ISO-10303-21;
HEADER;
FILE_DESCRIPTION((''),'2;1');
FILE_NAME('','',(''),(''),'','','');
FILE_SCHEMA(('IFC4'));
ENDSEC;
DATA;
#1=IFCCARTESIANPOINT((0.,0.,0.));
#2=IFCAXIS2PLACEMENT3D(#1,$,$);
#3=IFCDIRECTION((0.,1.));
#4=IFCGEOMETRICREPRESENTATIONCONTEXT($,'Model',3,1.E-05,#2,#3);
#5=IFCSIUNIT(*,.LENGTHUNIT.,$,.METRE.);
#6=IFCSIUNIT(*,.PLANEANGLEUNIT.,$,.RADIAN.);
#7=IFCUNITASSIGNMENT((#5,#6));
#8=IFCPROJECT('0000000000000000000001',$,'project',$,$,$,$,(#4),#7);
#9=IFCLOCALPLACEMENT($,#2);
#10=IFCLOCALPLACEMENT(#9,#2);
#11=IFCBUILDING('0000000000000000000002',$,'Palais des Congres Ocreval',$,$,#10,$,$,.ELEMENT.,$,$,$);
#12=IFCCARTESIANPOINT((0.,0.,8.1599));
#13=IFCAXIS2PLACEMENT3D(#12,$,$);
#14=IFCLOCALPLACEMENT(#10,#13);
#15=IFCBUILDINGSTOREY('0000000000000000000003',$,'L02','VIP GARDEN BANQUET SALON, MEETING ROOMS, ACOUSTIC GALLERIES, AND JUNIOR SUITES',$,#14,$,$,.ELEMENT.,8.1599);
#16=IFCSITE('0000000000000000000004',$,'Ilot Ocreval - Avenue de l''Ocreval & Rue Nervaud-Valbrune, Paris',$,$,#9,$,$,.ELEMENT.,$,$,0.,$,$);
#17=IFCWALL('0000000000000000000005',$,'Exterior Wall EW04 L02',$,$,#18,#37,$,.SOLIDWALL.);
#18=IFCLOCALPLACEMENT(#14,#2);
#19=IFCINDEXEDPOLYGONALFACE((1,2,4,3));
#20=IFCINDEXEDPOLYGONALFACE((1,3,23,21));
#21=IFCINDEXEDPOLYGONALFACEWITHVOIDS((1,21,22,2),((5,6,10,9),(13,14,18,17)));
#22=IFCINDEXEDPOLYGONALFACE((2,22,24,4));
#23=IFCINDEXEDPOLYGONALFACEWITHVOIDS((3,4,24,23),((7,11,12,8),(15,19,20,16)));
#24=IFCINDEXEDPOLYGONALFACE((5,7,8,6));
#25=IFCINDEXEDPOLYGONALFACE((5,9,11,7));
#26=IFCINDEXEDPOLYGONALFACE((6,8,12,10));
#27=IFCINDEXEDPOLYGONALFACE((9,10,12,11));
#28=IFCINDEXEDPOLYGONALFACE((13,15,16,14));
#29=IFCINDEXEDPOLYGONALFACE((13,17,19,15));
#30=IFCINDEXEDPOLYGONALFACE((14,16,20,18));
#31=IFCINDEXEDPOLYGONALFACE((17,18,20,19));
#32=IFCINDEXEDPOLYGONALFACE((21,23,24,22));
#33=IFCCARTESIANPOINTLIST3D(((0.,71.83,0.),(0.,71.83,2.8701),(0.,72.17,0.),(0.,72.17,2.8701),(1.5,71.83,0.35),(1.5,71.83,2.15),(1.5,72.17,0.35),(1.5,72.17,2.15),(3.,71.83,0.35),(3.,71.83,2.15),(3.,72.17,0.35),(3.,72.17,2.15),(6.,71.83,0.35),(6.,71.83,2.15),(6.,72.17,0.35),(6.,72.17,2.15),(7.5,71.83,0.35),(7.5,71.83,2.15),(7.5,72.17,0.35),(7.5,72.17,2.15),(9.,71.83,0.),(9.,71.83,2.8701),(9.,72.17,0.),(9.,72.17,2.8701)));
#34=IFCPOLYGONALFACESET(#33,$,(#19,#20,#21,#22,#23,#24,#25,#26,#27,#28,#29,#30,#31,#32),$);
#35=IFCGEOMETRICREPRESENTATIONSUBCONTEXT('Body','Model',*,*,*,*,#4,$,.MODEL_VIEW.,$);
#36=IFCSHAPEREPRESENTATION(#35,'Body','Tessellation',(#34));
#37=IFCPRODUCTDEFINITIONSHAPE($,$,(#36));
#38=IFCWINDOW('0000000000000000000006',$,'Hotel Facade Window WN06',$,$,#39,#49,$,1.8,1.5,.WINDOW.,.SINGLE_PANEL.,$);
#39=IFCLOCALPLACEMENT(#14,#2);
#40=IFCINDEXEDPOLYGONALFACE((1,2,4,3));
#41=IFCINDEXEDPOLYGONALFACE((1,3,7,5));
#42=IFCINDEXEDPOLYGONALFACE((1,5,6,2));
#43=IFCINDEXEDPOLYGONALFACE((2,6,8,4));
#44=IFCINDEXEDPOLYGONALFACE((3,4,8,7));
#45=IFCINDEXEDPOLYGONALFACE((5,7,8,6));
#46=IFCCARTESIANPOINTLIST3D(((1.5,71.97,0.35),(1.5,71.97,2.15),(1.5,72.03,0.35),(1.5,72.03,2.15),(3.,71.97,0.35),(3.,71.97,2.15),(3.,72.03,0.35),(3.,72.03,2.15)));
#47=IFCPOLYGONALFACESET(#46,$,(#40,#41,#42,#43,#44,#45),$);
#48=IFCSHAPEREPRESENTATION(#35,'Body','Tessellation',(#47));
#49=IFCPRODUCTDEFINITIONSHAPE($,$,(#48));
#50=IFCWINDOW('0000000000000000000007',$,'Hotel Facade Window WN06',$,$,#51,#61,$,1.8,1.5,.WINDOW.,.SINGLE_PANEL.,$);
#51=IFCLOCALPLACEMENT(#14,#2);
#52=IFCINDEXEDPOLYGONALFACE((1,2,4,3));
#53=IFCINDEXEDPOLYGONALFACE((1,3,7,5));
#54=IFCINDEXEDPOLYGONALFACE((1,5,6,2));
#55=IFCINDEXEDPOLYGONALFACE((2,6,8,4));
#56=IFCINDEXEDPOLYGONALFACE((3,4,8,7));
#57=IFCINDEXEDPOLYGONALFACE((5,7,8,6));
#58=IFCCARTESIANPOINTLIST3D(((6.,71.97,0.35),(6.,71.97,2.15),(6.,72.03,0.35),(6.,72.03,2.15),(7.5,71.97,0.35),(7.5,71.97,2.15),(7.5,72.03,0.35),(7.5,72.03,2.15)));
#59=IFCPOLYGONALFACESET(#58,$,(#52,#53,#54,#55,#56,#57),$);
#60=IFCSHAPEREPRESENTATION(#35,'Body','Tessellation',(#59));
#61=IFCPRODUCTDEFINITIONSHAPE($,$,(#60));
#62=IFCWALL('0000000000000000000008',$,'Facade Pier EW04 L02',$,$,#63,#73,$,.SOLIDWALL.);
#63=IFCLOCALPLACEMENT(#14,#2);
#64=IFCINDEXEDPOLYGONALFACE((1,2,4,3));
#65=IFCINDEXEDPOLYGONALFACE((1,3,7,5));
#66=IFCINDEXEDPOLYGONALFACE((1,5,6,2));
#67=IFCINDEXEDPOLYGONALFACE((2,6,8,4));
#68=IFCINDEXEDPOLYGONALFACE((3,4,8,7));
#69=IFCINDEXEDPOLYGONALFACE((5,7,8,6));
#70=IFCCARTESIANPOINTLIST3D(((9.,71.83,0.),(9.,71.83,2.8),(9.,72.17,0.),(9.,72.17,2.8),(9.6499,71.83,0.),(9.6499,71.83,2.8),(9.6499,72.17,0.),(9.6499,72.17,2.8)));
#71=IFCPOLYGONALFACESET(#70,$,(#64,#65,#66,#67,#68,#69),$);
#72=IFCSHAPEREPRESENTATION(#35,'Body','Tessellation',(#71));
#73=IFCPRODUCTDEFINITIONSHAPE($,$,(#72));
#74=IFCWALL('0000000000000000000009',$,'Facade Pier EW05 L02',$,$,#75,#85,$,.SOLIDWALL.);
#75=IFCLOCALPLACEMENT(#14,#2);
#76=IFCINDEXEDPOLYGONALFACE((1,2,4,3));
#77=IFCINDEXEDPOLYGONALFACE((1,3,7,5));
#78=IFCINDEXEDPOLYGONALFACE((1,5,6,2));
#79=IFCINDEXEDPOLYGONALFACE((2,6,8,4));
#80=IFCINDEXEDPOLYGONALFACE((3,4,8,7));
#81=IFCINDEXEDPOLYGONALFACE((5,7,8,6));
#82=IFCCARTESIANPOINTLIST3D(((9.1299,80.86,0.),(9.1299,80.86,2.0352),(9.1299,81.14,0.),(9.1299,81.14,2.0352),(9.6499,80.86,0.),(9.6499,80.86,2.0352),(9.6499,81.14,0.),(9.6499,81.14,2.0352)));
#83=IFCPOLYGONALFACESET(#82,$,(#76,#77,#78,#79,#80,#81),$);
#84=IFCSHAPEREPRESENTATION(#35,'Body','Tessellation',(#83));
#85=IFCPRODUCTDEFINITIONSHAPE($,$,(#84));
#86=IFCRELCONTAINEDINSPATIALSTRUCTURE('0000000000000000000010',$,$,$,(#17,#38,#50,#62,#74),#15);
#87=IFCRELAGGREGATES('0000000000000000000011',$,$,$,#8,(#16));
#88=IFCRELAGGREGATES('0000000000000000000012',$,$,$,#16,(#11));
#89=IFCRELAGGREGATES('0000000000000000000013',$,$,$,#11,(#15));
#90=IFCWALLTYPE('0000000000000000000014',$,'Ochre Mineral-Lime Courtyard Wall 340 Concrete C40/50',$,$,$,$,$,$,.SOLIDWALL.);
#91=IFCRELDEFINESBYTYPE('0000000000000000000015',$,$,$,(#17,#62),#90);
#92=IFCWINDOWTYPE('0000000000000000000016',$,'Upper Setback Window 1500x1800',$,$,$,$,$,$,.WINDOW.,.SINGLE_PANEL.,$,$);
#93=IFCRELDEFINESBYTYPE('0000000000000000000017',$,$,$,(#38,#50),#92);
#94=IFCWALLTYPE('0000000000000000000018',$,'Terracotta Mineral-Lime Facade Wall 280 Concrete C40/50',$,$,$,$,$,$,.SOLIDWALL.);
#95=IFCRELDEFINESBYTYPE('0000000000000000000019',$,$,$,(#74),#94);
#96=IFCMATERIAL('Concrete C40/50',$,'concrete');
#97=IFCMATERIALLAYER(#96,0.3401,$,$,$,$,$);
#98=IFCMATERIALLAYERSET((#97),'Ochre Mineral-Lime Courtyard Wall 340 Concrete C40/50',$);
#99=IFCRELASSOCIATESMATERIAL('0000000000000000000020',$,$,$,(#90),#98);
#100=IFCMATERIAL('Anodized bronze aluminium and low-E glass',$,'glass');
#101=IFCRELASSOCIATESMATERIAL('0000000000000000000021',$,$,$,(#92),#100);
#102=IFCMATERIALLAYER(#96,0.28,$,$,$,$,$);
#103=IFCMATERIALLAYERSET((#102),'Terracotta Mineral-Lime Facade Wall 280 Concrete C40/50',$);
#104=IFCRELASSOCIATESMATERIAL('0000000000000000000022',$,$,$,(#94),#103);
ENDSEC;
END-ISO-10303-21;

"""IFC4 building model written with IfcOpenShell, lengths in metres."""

from ifc_helpers import new_model, si_unit, direction, frame, frame_2d, origin, place, context, subcontext, project, spatial, rectangle, extrude, material, layer, layer_set, type_object, element, fill, save


model = new_model("IFC4")

# Units and contexts
model_context = context("Model", 3, precision=1e-05, world=origin(), true_north=direction((0.0, 1.0)))
body_context = subcontext(model_context, "Body", "Model", "MODEL_VIEW")
ifc_project = project(units=[si_unit("LENGTHUNIT", "METRE"), si_unit("PLANEANGLEUNIT", "RADIAN")], contexts=[model_context])

# Site, building, storey
site_placement = place(None, origin())
site = spatial("IfcSite", under=ifc_project, at=site_placement, Name="Ilot Ocreval - Avenue de l'Ocreval & Rue Nervaud-Valbrune, Paris", CompositionType="ELEMENT", RefElevation=0.0)
building_placement = place(site_placement, origin())
building = spatial("IfcBuilding", under=site, at=building_placement, Name="Palais des Congres Ocreval", CompositionType="ELEMENT")
storey_placement = place(building_placement, frame((0.0, 0.0, 8.1599)))
storey = spatial("IfcBuildingStorey", under=building, at=storey_placement, Name="L02", Description="VIP GARDEN BANQUET SALON, MEETING ROOMS, ACOUSTIC GALLERIES, AND JUNIOR SUITES", CompositionType="ELEMENT", Elevation=8.1599)

# Shared definitions
ifc_material_1 = material(Name="Concrete C40/50", Category="concrete")

# Shared definitions
ifc_material_2 = material(Name="Anodized bronze aluminium and low-E glass", Category="glass")

# Wall, openings, windows
ifc_layer_1 = layer(ifc_material_1, 0.3401)
ifc_layer_set_1 = layer_set([ifc_layer_1], Name="Ochre Mineral-Lime Courtyard Wall 340 Concrete C40/50")
wall_type_1 = type_object("IfcWallType", Name="Ochre Mineral-Lime Courtyard Wall 340 Concrete C40/50", PredefinedType="SOLIDWALL", material=ifc_layer_set_1)
wall_1_placement = place(storey_placement, frame((0.0, 72.0, 0.0), z_axis=(0.0, 0.0, 1.0), x_axis=(1.0, 0.0, 0.0)))
wall_1 = element("IfcWall", 1, at=wall_1_placement, inside=storey, type_object=wall_type_1, Name="Exterior Wall EW04 L02", PredefinedType="SOLIDWALL", context=body_context, shape_type="SweptSolid", body=[
    extrude(rectangle(XDim=9.0, YDim=0.3401, at=frame_2d((4.5, 0.0))), origin(), (0.0, 0.0, 1.0), 2.8701),
])
opening_1_placement = place(wall_1_placement, frame((1.5, 0.0, 0.3501)))
opening_1 = element("IfcOpeningElement", 2, at=opening_1_placement, cuts=wall_1, PredefinedType="OPENING", context=body_context, shape_type="SweptSolid", body=[
    extrude(rectangle(XDim=1.5, YDim=1.8, at=frame_2d((0.75, 0.8999))), frame((0.0, 0.1799, 0.0), z_axis=(0.0, -1.0, 0.0), x_axis=(1.0, 0.0, 0.0)), (0.0, 0.0, 1.0), 0.3601),
])
opening_2_placement = place(wall_1_placement, frame((6.0, 0.0, 0.3501)))
opening_2 = element("IfcOpeningElement", 3, at=opening_2_placement, cuts=wall_1, PredefinedType="OPENING", context=body_context, shape_type="SweptSolid", body=[
    extrude(rectangle(XDim=1.5, YDim=1.8, at=frame_2d((0.75, 0.8999))), frame((0.0, 0.1799, 0.0), z_axis=(0.0, -1.0, 0.0), x_axis=(1.0, 0.0, 0.0)), (0.0, 0.0, 1.0), 0.3601),
])
window_type = type_object("IfcWindowType", Name="Upper Setback Window 1500x1800", PartitioningType="SINGLE_PANEL", PredefinedType="WINDOW", material=ifc_material_2)
window_1_placement = place(opening_1_placement, origin())
window_1 = element("IfcWindow", 4, at=window_1_placement, inside=storey, type_object=window_type, Name="Hotel Facade Window WN06", OverallHeight=1.8, OverallWidth=1.5, PartitioningType="SINGLE_PANEL", PredefinedType="WINDOW", context=body_context, shape_type="SweptSolid", body=[
    extrude(rectangle(XDim=1.5, YDim=1.8, at=frame_2d((0.75, 0.8999))), frame((0.0, 0.03, 0.0), z_axis=(0.0, -1.0, 0.0), x_axis=(1.0, 0.0, 0.0)), (0.0, 0.0, 1.0), 0.0601),
])
fill(opening_1, window_1)
window_2_placement = place(opening_2_placement, origin())
window_2 = element("IfcWindow", 5, at=window_2_placement, inside=storey, type_object=window_type, Name="Hotel Facade Window WN06", OverallHeight=1.8, OverallWidth=1.5, PartitioningType="SINGLE_PANEL", PredefinedType="WINDOW", context=body_context, shape_type="SweptSolid", body=[
    extrude(rectangle(XDim=1.5, YDim=1.8, at=frame_2d((0.75, 0.8999))), frame((0.0, 0.03, 0.0), z_axis=(0.0, -1.0, 0.0), x_axis=(1.0, 0.0, 0.0)), (0.0, 0.0, 1.0), 0.0601),
])
fill(opening_2, window_2)

# Walls
wall_2_placement = place(storey_placement, frame((9.0, 72.0, 0.0), z_axis=(0.0, 0.0, 1.0), x_axis=(1.0, 0.0, 0.0)))
element("IfcWall", 6, at=wall_2_placement, inside=storey, type_object=wall_type_1, Name="Facade Pier EW04 L02", PredefinedType="SOLIDWALL", context=body_context, shape_type="SweptSolid", body=[
    extrude(rectangle(XDim=0.6499, YDim=0.3401, at=frame_2d((0.325, 0.0))), origin(), (0.0, 0.0, 1.0), 2.8),
])
ifc_layer_2 = layer(ifc_material_1, 0.28)
ifc_layer_set_2 = layer_set([ifc_layer_2], Name="Terracotta Mineral-Lime Facade Wall 280 Concrete C40/50")
wall_type_2 = type_object("IfcWallType", Name="Terracotta Mineral-Lime Facade Wall 280 Concrete C40/50", PredefinedType="SOLIDWALL", material=ifc_layer_set_2)
wall_3_placement = place(storey_placement, frame((9.6499, 81.0, 0.0), z_axis=(0.0, 0.0, 1.0), x_axis=(-1.0, 0.0, 0.0)))
element("IfcWall", 7, at=wall_3_placement, inside=storey, type_object=wall_type_2, Name="Facade Pier EW05 L02", PredefinedType="SOLIDWALL", context=body_context, shape_type="SweptSolid", body=[
    extrude(rectangle(XDim=0.52, YDim=0.28, at=frame_2d((0.26, 0.0))), origin(), (0.0, 0.0, 1.0), 2.0352),
])

save(model, "model.ifc")
